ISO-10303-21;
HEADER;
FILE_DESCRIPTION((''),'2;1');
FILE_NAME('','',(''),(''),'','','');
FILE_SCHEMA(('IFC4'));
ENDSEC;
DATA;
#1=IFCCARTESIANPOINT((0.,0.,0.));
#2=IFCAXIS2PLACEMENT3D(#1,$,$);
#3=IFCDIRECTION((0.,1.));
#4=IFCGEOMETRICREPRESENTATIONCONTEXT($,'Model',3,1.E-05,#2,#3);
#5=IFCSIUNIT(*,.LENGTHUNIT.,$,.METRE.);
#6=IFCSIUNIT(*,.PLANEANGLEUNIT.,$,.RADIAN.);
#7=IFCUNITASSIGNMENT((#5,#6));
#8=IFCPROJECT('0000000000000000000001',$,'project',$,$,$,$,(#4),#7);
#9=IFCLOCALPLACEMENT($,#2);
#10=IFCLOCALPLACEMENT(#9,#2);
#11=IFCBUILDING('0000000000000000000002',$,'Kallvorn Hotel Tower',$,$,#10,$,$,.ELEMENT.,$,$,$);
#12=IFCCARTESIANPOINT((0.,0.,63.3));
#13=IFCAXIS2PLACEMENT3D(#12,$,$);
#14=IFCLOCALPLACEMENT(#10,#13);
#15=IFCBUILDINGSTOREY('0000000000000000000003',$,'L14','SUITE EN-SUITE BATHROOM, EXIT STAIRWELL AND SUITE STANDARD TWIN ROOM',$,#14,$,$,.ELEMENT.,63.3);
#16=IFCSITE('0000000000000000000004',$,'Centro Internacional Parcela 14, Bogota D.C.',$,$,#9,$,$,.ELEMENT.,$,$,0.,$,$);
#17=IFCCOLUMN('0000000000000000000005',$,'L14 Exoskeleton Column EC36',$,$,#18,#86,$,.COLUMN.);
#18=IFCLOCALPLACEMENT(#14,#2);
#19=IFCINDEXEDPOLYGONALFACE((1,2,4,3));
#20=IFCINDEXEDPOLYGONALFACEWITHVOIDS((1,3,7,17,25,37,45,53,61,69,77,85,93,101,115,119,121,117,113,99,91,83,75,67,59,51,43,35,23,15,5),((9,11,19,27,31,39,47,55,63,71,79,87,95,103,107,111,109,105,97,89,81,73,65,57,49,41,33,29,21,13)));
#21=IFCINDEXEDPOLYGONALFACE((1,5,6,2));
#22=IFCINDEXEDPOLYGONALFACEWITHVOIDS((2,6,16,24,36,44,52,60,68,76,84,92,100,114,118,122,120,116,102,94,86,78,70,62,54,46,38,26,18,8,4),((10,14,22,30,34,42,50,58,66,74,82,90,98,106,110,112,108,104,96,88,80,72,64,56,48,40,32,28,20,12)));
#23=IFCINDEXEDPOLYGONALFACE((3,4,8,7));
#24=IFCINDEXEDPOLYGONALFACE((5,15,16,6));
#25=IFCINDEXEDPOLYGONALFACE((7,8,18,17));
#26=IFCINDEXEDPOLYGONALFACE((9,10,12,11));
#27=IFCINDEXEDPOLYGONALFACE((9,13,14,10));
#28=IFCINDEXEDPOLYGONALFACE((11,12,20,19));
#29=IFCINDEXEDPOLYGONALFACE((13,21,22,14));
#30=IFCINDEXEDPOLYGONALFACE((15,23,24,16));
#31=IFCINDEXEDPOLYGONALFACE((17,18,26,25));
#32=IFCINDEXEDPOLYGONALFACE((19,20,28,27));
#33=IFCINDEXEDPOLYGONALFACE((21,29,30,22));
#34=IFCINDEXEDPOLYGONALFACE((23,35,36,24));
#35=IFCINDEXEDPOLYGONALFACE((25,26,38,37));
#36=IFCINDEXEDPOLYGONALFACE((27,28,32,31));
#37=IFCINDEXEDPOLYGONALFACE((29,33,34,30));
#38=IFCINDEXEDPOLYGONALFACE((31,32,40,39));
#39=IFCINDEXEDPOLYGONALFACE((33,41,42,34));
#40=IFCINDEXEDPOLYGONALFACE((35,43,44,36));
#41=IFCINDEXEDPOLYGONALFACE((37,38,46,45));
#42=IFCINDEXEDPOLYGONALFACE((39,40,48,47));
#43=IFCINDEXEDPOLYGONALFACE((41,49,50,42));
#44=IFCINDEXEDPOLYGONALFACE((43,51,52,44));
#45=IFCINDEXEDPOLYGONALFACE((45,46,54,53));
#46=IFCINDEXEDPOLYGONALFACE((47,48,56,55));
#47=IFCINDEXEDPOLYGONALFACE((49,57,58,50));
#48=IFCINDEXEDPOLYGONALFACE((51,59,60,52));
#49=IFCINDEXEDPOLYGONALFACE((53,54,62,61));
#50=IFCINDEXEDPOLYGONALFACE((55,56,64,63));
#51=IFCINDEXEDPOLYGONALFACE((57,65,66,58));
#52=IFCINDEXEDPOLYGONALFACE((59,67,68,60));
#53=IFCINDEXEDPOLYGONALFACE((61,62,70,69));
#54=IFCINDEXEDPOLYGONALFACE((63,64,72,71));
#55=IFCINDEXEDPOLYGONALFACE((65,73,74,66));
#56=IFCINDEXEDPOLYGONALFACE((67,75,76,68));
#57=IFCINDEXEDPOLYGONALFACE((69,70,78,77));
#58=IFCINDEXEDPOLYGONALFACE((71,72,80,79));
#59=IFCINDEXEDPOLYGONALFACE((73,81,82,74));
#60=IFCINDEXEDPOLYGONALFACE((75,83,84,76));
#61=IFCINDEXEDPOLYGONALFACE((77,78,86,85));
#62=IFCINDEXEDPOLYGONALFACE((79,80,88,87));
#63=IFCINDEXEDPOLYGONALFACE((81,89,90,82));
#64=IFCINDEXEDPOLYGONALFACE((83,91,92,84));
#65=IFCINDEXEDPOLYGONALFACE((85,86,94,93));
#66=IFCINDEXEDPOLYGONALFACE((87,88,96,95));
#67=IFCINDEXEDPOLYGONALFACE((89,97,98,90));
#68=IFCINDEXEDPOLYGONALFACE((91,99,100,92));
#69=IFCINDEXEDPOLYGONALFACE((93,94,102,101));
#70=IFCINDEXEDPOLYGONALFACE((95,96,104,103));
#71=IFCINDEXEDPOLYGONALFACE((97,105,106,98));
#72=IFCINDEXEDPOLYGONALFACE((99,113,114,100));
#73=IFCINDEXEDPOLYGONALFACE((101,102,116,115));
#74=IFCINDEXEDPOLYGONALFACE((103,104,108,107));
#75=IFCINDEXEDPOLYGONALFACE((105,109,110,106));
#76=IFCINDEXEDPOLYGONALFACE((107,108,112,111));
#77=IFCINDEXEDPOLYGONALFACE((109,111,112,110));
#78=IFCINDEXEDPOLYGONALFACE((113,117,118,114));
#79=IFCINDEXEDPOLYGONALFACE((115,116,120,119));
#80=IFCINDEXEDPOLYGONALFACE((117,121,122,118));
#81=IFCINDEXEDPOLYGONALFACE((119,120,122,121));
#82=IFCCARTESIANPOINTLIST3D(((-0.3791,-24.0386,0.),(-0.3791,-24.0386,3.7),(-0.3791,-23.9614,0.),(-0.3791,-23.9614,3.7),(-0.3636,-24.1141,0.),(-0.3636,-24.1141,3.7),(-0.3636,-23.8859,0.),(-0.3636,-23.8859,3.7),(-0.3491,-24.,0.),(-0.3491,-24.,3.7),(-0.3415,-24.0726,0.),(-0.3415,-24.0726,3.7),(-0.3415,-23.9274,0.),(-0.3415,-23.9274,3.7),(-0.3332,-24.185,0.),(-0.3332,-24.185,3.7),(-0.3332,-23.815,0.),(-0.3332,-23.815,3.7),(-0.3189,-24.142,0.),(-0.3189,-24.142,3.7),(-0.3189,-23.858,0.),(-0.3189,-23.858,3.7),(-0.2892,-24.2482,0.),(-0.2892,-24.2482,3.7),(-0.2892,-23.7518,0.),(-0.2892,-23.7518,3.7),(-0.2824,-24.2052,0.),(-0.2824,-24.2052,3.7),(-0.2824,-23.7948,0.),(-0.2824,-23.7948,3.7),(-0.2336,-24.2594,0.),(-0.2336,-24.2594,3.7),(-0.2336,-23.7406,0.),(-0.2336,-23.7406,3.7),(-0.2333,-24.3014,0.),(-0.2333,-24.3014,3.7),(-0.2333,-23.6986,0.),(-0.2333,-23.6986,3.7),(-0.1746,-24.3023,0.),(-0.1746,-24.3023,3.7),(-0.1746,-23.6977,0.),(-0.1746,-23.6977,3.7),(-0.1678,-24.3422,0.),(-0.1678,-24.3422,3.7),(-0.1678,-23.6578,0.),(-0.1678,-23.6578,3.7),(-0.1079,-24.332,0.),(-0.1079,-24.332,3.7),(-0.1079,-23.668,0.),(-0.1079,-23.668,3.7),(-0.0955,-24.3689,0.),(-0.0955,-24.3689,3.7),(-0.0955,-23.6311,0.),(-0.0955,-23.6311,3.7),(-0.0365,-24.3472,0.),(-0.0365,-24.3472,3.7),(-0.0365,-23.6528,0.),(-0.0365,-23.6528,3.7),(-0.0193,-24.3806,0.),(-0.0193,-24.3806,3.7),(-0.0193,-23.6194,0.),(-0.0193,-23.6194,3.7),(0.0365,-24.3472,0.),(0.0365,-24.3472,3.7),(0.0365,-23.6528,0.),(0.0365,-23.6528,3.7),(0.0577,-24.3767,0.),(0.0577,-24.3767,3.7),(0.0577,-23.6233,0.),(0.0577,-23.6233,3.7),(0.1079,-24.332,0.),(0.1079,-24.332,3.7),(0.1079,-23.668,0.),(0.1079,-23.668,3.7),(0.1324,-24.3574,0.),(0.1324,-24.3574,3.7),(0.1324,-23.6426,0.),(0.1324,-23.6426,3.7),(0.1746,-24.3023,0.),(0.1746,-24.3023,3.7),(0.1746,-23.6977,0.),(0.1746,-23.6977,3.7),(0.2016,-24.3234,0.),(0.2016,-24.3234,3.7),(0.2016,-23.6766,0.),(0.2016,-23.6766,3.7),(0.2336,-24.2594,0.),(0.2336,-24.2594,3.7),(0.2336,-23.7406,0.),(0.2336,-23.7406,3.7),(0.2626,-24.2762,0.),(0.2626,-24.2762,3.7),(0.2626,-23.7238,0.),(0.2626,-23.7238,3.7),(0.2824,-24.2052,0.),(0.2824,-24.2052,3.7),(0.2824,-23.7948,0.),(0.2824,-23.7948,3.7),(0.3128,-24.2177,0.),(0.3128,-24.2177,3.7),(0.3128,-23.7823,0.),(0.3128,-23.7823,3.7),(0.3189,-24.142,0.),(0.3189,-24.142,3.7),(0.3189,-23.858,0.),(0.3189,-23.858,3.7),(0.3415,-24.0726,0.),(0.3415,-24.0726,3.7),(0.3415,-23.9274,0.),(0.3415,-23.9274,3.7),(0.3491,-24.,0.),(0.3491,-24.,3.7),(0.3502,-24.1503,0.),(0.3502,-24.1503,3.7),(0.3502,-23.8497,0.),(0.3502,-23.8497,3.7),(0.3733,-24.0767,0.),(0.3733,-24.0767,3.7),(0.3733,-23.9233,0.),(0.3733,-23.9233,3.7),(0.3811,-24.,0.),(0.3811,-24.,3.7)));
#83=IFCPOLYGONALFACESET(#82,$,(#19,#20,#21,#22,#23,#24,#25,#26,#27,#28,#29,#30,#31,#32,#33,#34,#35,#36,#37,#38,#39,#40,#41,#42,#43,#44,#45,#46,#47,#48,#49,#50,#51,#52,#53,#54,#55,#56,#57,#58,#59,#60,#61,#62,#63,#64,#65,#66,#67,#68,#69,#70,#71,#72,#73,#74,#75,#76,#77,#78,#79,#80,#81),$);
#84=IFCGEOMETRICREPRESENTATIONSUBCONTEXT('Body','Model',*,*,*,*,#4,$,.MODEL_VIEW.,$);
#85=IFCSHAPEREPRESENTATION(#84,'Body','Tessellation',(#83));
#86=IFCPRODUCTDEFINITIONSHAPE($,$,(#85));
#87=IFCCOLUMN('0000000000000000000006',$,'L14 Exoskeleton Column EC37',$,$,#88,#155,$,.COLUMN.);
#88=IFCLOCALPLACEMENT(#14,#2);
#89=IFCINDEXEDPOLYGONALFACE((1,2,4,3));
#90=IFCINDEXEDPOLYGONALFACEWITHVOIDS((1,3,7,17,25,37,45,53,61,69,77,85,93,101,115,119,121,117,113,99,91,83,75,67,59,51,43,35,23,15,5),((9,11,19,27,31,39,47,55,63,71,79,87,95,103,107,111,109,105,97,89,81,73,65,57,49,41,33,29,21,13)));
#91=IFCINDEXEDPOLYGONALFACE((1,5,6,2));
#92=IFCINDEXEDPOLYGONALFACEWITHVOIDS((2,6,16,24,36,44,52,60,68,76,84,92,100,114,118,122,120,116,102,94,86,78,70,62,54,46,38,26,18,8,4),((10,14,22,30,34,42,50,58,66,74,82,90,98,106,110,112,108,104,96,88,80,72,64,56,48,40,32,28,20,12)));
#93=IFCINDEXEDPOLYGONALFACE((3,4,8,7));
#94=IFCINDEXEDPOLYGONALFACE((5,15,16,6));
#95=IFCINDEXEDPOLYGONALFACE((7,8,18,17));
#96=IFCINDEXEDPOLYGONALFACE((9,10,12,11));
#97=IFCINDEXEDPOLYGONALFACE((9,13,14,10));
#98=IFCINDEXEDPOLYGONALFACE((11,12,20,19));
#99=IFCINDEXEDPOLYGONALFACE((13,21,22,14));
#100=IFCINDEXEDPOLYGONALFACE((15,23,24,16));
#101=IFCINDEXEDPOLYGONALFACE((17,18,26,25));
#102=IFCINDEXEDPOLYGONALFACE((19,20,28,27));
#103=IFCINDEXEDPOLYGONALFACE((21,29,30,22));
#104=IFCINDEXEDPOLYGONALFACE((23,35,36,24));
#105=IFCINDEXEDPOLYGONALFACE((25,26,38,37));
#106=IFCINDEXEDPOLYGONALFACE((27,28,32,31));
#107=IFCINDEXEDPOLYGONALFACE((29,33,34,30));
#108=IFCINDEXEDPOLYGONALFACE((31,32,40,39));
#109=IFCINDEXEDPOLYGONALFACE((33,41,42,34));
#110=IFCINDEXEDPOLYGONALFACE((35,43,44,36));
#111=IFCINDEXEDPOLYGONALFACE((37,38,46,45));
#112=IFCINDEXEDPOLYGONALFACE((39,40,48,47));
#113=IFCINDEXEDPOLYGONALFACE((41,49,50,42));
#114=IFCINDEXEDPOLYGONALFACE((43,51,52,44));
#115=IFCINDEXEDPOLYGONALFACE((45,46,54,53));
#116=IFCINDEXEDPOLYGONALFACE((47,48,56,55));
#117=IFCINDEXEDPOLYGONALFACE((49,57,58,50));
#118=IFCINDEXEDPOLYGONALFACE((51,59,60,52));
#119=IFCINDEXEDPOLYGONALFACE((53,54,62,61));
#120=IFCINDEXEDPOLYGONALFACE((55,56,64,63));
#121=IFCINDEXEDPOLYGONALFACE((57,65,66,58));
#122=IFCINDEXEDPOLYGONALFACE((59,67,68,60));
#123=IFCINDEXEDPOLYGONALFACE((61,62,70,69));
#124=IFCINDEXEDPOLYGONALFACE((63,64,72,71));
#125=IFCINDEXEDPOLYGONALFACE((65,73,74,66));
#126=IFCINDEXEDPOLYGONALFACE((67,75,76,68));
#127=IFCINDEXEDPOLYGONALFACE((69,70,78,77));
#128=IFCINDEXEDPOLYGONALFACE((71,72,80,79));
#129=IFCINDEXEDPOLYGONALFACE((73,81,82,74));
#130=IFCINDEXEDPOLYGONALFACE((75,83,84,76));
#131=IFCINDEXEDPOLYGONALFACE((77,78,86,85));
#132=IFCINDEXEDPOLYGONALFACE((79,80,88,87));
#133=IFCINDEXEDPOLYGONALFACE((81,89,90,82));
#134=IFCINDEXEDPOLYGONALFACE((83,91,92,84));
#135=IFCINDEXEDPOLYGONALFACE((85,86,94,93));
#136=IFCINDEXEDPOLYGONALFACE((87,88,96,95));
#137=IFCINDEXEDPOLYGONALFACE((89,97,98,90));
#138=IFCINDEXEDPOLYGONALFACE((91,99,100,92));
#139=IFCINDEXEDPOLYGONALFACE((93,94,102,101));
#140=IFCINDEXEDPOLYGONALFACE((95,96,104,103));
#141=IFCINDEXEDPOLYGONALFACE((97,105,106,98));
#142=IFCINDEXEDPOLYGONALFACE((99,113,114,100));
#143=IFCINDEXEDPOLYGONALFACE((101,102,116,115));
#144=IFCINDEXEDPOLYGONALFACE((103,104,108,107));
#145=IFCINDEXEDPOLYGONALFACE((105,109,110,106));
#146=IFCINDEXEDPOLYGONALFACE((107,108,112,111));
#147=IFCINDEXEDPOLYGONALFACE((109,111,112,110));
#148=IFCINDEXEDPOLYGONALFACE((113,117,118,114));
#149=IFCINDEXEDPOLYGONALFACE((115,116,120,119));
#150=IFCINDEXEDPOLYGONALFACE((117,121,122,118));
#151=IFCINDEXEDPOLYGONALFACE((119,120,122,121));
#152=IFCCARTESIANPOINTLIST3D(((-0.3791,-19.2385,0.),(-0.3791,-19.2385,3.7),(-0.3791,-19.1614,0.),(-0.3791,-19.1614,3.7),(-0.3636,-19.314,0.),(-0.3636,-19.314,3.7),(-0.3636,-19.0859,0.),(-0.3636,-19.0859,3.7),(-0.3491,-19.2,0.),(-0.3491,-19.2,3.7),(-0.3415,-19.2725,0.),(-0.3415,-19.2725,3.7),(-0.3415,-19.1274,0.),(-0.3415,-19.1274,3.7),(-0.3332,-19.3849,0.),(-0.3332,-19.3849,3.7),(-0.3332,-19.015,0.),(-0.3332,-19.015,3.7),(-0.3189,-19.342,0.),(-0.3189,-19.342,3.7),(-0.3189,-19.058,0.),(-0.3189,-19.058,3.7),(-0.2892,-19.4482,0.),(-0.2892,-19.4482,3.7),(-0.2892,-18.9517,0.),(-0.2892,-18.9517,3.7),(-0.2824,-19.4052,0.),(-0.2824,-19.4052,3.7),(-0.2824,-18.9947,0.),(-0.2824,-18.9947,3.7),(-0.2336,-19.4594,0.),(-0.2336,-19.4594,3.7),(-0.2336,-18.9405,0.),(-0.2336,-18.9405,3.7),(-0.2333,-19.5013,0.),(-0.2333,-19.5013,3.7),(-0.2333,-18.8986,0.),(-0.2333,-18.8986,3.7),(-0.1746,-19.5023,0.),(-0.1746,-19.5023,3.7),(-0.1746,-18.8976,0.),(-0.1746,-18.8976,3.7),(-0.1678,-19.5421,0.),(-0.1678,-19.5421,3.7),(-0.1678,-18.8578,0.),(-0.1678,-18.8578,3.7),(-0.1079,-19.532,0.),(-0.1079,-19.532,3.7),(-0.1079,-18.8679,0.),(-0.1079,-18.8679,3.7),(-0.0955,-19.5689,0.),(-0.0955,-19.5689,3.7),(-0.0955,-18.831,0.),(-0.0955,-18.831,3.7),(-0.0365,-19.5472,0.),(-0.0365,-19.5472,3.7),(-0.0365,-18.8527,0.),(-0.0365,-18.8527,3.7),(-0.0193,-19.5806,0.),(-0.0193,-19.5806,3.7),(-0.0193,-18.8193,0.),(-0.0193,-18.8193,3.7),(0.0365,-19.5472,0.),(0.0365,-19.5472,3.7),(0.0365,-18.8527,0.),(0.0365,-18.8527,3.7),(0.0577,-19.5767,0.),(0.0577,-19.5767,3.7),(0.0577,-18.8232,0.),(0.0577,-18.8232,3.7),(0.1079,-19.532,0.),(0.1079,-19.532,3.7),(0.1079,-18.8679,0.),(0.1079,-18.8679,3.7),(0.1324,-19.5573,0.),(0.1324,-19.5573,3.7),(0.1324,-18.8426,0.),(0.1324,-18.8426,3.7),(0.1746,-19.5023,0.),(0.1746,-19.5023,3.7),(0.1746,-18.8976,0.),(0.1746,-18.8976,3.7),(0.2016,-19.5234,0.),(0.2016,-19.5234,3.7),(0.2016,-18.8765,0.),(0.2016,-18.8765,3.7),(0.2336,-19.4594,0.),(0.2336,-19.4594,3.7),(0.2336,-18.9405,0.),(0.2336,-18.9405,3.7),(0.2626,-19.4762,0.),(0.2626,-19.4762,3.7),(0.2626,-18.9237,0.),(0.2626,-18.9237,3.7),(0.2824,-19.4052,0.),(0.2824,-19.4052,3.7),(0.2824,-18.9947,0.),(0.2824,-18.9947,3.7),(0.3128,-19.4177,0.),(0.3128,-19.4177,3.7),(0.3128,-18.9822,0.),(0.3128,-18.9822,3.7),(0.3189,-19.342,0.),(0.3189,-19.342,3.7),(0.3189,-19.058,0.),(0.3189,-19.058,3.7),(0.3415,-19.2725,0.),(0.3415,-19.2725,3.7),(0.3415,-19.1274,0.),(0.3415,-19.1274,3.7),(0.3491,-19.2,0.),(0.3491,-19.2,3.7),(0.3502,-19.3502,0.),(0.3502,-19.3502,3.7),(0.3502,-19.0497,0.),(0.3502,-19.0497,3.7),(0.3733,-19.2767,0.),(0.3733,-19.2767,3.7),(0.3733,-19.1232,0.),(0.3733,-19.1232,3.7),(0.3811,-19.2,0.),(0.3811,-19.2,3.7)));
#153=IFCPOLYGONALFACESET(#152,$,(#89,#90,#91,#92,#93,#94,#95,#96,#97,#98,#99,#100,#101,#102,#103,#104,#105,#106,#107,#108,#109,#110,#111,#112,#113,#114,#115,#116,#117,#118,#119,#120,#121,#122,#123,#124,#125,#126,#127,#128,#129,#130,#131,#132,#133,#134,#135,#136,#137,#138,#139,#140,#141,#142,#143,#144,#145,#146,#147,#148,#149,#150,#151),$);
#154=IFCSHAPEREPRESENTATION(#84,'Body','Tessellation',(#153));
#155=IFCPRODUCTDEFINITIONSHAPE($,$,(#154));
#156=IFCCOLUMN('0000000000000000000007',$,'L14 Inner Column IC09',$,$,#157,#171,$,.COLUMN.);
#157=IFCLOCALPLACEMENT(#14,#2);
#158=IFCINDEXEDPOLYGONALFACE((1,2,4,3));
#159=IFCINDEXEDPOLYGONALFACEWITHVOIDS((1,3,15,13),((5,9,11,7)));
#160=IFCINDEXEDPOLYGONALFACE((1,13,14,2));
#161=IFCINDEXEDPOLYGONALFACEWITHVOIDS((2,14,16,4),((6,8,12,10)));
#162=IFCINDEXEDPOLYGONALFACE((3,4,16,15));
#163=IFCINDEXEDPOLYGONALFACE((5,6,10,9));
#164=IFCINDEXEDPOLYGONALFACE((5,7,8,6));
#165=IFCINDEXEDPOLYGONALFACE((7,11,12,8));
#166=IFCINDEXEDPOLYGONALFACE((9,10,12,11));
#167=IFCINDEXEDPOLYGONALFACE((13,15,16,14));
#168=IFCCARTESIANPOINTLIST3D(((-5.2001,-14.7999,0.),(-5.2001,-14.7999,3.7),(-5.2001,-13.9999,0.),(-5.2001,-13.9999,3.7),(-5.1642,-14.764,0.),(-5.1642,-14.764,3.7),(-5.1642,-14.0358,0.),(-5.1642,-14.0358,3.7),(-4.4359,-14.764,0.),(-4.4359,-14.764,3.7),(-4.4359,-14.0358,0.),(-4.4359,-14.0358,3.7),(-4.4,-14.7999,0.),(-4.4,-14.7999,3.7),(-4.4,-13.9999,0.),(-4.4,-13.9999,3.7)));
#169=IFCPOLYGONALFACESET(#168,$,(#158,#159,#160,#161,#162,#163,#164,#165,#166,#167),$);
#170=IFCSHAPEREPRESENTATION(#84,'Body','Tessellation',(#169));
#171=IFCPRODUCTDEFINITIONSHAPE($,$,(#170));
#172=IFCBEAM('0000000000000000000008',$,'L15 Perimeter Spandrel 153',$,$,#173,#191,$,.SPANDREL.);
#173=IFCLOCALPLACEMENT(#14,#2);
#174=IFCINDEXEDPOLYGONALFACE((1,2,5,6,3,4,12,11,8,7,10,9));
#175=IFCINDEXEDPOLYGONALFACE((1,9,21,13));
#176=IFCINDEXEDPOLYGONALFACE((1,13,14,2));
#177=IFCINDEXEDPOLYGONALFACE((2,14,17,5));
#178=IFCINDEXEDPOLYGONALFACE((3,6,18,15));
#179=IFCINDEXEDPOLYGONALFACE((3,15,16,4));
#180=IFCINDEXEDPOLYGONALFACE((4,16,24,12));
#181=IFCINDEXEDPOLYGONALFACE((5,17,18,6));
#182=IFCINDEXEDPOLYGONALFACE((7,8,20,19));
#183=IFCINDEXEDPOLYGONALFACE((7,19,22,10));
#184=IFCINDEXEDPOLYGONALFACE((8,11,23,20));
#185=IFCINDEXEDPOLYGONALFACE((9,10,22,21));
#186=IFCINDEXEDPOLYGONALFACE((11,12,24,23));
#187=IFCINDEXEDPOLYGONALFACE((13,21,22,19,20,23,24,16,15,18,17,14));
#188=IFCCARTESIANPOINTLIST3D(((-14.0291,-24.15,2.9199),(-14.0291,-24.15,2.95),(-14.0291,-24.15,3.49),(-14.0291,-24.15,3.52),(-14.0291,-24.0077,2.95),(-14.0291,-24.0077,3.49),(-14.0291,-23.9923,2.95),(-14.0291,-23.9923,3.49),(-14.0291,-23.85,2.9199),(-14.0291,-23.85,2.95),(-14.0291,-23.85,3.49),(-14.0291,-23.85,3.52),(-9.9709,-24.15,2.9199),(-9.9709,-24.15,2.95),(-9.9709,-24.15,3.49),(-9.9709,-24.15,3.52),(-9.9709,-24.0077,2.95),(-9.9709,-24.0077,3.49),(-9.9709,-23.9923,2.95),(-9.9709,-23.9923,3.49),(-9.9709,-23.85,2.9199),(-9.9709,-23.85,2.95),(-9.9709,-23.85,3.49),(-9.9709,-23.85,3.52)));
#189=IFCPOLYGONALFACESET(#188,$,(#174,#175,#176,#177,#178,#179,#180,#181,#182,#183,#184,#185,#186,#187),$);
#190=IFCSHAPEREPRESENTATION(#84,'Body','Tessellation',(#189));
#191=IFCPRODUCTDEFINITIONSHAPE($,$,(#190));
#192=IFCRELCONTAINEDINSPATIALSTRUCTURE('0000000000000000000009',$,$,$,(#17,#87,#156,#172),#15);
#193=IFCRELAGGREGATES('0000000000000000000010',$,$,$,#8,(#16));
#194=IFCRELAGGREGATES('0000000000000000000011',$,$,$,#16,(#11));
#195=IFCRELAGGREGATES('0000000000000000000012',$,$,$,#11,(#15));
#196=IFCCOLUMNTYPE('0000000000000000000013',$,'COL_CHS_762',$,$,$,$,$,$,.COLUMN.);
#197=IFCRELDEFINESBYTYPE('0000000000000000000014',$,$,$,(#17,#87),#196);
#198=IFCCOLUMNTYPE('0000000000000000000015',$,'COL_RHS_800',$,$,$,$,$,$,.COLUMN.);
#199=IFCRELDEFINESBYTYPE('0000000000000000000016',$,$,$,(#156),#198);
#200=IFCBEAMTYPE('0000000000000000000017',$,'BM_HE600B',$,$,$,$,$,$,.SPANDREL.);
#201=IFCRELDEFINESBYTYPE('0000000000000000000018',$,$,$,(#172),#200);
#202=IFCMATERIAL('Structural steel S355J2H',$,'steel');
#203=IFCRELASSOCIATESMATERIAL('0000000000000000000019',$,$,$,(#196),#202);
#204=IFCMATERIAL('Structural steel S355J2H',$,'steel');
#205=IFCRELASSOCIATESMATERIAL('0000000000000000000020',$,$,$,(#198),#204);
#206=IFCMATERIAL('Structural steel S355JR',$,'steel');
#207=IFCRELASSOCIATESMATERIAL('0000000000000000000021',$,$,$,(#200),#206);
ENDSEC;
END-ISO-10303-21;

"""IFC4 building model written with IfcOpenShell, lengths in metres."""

from ifc_helpers import new_model, si_unit, direction, frame, origin, origin_2d, place, context, subcontext, project, spatial, hollow_rectangle, hollow_circle, i_section, extrude, material, material_profile, profile_set, type_object, element, save


model = new_model("IFC4")

# Units and contexts
model_context = context("Model", 3, precision=1e-05, world=origin(), true_north=direction((0.0, 1.0)))
body_context = subcontext(model_context, "Body", "Model", "MODEL_VIEW")
ifc_project = project(units=[si_unit("LENGTHUNIT", "METRE"), si_unit("PLANEANGLEUNIT", "RADIAN")], contexts=[model_context])

# Site, building, storey
site_placement = place(None, origin())
site = spatial("IfcSite", under=ifc_project, at=site_placement, Name="Centro Internacional Parcela 14, Bogota D.C.", CompositionType="ELEMENT", RefElevation=0.0)
building_placement = place(site_placement, origin())
building = spatial("IfcBuilding", under=site, at=building_placement, Name="Kallvorn Hotel Tower", CompositionType="ELEMENT")
storey_placement = place(building_placement, frame((0.0, 0.0, 63.3)))
storey = spatial("IfcBuildingStorey", under=building, at=storey_placement, Name="L14", Description="SUITE EN-SUITE BATHROOM, EXIT STAIRWELL AND SUITE STANDARD TWIN ROOM", CompositionType="ELEMENT", Elevation=63.3)

# Columns
ifc_material_1 = material(Name="Structural steel S355J2H", Category="steel")
ifc_material_profile_1 = material_profile(ifc_material_1, hollow_circle(Radius=0.3811, WallThickness=0.032, at=origin_2d()), Name="CHS 762x32")
ifc_profile_set_1 = profile_set([ifc_material_profile_1], Name="Structural steel S355J2H")
column_type_1 = type_object("IfcColumnType", Name="COL_CHS_762", PredefinedType="COLUMN", material=ifc_profile_set_1)
for number, where, z_axis, x_axis, name in (
    (1, (0.0, -24.0, 0.0), (0.0, 0.0, 1.0), (1.0, 0.0, 0.0), "L14 Exoskeleton Column EC36"),
    (2, (0.0, -19.2, 0.0), (0.0, 0.0, 1.0), (1.0, 0.0, 0.0), "L14 Exoskeleton Column EC37"),
):
    element("IfcColumn", number, at=place(storey_placement, frame(where, z_axis=z_axis, x_axis=x_axis)), inside=storey, type_object=column_type_1, Name=name, PredefinedType="COLUMN", context=body_context, shape_type="SweptSolid", body=[
        extrude(hollow_circle(Radius=0.3811, WallThickness=0.032, at=origin_2d()), origin(), (0.0, 0.0, 1.0), 3.7),
    ])
ifc_material_2 = material(Name="Structural steel S355J2H", Category="steel")
ifc_material_profile_2 = material_profile(ifc_material_2, hollow_rectangle(XDim=0.8, YDim=0.8, WallThickness=0.0359, at=origin_2d()), Name="RHS 800x800x36")
ifc_profile_set_2 = profile_set([ifc_material_profile_2], Name="Structural steel S355J2H")
column_type_2 = type_object("IfcColumnType", Name="COL_RHS_800", PredefinedType="COLUMN", material=ifc_profile_set_2)
column_placement = place(storey_placement, frame((-4.8, -14.3999, 0.0), z_axis=(0.0, 0.0, 1.0), x_axis=(1.0, 0.0, 0.0)))
element("IfcColumn", 3, at=column_placement, inside=storey, type_object=column_type_2, Name="L14 Inner Column IC09", PredefinedType="COLUMN", context=body_context, shape_type="SweptSolid", body=[
    extrude(hollow_rectangle(XDim=0.8, YDim=0.8, WallThickness=0.0359, at=origin_2d()), origin(), (0.0, 0.0, 1.0), 3.7),
])

# Beam
ifc_material_3 = material(Name="Structural steel S355JR", Category="steel")
ifc_material_profile_3 = material_profile(ifc_material_3, i_section(OverallWidth=0.3, OverallDepth=0.6001, WebThickness=0.0154, FlangeThickness=0.03, at=origin_2d()), Name="HE 600 B")
ifc_profile_set_3 = profile_set([ifc_material_profile_3], Name="Structural steel S355JR")
beam_type_1 = type_object("IfcBeamType", Name="BM_HE600B", PredefinedType="SPANDREL", material=ifc_profile_set_3)
for number, where, z_axis, x_axis, name in (
    (4, (-14.0291, -24.0, 3.22), (1.0, 0.0, 0.0), (0.0, 1.0, 0.0), "L15 Perimeter Spandrel 153"),
):
    element("IfcBeam", number, at=place(storey_placement, frame(where, z_axis=z_axis, x_axis=x_axis)), inside=storey, type_object=beam_type_1, Name=name, PredefinedType="SPANDREL", context=body_context, shape_type="SweptSolid", body=[
        extrude(i_section(OverallWidth=0.3, OverallDepth=0.6001, WebThickness=0.0154, FlangeThickness=0.03, at=origin_2d()), origin(), (0.0, 0.0, 1.0), 4.0581),
    ])

save(model, "model.ifc")
